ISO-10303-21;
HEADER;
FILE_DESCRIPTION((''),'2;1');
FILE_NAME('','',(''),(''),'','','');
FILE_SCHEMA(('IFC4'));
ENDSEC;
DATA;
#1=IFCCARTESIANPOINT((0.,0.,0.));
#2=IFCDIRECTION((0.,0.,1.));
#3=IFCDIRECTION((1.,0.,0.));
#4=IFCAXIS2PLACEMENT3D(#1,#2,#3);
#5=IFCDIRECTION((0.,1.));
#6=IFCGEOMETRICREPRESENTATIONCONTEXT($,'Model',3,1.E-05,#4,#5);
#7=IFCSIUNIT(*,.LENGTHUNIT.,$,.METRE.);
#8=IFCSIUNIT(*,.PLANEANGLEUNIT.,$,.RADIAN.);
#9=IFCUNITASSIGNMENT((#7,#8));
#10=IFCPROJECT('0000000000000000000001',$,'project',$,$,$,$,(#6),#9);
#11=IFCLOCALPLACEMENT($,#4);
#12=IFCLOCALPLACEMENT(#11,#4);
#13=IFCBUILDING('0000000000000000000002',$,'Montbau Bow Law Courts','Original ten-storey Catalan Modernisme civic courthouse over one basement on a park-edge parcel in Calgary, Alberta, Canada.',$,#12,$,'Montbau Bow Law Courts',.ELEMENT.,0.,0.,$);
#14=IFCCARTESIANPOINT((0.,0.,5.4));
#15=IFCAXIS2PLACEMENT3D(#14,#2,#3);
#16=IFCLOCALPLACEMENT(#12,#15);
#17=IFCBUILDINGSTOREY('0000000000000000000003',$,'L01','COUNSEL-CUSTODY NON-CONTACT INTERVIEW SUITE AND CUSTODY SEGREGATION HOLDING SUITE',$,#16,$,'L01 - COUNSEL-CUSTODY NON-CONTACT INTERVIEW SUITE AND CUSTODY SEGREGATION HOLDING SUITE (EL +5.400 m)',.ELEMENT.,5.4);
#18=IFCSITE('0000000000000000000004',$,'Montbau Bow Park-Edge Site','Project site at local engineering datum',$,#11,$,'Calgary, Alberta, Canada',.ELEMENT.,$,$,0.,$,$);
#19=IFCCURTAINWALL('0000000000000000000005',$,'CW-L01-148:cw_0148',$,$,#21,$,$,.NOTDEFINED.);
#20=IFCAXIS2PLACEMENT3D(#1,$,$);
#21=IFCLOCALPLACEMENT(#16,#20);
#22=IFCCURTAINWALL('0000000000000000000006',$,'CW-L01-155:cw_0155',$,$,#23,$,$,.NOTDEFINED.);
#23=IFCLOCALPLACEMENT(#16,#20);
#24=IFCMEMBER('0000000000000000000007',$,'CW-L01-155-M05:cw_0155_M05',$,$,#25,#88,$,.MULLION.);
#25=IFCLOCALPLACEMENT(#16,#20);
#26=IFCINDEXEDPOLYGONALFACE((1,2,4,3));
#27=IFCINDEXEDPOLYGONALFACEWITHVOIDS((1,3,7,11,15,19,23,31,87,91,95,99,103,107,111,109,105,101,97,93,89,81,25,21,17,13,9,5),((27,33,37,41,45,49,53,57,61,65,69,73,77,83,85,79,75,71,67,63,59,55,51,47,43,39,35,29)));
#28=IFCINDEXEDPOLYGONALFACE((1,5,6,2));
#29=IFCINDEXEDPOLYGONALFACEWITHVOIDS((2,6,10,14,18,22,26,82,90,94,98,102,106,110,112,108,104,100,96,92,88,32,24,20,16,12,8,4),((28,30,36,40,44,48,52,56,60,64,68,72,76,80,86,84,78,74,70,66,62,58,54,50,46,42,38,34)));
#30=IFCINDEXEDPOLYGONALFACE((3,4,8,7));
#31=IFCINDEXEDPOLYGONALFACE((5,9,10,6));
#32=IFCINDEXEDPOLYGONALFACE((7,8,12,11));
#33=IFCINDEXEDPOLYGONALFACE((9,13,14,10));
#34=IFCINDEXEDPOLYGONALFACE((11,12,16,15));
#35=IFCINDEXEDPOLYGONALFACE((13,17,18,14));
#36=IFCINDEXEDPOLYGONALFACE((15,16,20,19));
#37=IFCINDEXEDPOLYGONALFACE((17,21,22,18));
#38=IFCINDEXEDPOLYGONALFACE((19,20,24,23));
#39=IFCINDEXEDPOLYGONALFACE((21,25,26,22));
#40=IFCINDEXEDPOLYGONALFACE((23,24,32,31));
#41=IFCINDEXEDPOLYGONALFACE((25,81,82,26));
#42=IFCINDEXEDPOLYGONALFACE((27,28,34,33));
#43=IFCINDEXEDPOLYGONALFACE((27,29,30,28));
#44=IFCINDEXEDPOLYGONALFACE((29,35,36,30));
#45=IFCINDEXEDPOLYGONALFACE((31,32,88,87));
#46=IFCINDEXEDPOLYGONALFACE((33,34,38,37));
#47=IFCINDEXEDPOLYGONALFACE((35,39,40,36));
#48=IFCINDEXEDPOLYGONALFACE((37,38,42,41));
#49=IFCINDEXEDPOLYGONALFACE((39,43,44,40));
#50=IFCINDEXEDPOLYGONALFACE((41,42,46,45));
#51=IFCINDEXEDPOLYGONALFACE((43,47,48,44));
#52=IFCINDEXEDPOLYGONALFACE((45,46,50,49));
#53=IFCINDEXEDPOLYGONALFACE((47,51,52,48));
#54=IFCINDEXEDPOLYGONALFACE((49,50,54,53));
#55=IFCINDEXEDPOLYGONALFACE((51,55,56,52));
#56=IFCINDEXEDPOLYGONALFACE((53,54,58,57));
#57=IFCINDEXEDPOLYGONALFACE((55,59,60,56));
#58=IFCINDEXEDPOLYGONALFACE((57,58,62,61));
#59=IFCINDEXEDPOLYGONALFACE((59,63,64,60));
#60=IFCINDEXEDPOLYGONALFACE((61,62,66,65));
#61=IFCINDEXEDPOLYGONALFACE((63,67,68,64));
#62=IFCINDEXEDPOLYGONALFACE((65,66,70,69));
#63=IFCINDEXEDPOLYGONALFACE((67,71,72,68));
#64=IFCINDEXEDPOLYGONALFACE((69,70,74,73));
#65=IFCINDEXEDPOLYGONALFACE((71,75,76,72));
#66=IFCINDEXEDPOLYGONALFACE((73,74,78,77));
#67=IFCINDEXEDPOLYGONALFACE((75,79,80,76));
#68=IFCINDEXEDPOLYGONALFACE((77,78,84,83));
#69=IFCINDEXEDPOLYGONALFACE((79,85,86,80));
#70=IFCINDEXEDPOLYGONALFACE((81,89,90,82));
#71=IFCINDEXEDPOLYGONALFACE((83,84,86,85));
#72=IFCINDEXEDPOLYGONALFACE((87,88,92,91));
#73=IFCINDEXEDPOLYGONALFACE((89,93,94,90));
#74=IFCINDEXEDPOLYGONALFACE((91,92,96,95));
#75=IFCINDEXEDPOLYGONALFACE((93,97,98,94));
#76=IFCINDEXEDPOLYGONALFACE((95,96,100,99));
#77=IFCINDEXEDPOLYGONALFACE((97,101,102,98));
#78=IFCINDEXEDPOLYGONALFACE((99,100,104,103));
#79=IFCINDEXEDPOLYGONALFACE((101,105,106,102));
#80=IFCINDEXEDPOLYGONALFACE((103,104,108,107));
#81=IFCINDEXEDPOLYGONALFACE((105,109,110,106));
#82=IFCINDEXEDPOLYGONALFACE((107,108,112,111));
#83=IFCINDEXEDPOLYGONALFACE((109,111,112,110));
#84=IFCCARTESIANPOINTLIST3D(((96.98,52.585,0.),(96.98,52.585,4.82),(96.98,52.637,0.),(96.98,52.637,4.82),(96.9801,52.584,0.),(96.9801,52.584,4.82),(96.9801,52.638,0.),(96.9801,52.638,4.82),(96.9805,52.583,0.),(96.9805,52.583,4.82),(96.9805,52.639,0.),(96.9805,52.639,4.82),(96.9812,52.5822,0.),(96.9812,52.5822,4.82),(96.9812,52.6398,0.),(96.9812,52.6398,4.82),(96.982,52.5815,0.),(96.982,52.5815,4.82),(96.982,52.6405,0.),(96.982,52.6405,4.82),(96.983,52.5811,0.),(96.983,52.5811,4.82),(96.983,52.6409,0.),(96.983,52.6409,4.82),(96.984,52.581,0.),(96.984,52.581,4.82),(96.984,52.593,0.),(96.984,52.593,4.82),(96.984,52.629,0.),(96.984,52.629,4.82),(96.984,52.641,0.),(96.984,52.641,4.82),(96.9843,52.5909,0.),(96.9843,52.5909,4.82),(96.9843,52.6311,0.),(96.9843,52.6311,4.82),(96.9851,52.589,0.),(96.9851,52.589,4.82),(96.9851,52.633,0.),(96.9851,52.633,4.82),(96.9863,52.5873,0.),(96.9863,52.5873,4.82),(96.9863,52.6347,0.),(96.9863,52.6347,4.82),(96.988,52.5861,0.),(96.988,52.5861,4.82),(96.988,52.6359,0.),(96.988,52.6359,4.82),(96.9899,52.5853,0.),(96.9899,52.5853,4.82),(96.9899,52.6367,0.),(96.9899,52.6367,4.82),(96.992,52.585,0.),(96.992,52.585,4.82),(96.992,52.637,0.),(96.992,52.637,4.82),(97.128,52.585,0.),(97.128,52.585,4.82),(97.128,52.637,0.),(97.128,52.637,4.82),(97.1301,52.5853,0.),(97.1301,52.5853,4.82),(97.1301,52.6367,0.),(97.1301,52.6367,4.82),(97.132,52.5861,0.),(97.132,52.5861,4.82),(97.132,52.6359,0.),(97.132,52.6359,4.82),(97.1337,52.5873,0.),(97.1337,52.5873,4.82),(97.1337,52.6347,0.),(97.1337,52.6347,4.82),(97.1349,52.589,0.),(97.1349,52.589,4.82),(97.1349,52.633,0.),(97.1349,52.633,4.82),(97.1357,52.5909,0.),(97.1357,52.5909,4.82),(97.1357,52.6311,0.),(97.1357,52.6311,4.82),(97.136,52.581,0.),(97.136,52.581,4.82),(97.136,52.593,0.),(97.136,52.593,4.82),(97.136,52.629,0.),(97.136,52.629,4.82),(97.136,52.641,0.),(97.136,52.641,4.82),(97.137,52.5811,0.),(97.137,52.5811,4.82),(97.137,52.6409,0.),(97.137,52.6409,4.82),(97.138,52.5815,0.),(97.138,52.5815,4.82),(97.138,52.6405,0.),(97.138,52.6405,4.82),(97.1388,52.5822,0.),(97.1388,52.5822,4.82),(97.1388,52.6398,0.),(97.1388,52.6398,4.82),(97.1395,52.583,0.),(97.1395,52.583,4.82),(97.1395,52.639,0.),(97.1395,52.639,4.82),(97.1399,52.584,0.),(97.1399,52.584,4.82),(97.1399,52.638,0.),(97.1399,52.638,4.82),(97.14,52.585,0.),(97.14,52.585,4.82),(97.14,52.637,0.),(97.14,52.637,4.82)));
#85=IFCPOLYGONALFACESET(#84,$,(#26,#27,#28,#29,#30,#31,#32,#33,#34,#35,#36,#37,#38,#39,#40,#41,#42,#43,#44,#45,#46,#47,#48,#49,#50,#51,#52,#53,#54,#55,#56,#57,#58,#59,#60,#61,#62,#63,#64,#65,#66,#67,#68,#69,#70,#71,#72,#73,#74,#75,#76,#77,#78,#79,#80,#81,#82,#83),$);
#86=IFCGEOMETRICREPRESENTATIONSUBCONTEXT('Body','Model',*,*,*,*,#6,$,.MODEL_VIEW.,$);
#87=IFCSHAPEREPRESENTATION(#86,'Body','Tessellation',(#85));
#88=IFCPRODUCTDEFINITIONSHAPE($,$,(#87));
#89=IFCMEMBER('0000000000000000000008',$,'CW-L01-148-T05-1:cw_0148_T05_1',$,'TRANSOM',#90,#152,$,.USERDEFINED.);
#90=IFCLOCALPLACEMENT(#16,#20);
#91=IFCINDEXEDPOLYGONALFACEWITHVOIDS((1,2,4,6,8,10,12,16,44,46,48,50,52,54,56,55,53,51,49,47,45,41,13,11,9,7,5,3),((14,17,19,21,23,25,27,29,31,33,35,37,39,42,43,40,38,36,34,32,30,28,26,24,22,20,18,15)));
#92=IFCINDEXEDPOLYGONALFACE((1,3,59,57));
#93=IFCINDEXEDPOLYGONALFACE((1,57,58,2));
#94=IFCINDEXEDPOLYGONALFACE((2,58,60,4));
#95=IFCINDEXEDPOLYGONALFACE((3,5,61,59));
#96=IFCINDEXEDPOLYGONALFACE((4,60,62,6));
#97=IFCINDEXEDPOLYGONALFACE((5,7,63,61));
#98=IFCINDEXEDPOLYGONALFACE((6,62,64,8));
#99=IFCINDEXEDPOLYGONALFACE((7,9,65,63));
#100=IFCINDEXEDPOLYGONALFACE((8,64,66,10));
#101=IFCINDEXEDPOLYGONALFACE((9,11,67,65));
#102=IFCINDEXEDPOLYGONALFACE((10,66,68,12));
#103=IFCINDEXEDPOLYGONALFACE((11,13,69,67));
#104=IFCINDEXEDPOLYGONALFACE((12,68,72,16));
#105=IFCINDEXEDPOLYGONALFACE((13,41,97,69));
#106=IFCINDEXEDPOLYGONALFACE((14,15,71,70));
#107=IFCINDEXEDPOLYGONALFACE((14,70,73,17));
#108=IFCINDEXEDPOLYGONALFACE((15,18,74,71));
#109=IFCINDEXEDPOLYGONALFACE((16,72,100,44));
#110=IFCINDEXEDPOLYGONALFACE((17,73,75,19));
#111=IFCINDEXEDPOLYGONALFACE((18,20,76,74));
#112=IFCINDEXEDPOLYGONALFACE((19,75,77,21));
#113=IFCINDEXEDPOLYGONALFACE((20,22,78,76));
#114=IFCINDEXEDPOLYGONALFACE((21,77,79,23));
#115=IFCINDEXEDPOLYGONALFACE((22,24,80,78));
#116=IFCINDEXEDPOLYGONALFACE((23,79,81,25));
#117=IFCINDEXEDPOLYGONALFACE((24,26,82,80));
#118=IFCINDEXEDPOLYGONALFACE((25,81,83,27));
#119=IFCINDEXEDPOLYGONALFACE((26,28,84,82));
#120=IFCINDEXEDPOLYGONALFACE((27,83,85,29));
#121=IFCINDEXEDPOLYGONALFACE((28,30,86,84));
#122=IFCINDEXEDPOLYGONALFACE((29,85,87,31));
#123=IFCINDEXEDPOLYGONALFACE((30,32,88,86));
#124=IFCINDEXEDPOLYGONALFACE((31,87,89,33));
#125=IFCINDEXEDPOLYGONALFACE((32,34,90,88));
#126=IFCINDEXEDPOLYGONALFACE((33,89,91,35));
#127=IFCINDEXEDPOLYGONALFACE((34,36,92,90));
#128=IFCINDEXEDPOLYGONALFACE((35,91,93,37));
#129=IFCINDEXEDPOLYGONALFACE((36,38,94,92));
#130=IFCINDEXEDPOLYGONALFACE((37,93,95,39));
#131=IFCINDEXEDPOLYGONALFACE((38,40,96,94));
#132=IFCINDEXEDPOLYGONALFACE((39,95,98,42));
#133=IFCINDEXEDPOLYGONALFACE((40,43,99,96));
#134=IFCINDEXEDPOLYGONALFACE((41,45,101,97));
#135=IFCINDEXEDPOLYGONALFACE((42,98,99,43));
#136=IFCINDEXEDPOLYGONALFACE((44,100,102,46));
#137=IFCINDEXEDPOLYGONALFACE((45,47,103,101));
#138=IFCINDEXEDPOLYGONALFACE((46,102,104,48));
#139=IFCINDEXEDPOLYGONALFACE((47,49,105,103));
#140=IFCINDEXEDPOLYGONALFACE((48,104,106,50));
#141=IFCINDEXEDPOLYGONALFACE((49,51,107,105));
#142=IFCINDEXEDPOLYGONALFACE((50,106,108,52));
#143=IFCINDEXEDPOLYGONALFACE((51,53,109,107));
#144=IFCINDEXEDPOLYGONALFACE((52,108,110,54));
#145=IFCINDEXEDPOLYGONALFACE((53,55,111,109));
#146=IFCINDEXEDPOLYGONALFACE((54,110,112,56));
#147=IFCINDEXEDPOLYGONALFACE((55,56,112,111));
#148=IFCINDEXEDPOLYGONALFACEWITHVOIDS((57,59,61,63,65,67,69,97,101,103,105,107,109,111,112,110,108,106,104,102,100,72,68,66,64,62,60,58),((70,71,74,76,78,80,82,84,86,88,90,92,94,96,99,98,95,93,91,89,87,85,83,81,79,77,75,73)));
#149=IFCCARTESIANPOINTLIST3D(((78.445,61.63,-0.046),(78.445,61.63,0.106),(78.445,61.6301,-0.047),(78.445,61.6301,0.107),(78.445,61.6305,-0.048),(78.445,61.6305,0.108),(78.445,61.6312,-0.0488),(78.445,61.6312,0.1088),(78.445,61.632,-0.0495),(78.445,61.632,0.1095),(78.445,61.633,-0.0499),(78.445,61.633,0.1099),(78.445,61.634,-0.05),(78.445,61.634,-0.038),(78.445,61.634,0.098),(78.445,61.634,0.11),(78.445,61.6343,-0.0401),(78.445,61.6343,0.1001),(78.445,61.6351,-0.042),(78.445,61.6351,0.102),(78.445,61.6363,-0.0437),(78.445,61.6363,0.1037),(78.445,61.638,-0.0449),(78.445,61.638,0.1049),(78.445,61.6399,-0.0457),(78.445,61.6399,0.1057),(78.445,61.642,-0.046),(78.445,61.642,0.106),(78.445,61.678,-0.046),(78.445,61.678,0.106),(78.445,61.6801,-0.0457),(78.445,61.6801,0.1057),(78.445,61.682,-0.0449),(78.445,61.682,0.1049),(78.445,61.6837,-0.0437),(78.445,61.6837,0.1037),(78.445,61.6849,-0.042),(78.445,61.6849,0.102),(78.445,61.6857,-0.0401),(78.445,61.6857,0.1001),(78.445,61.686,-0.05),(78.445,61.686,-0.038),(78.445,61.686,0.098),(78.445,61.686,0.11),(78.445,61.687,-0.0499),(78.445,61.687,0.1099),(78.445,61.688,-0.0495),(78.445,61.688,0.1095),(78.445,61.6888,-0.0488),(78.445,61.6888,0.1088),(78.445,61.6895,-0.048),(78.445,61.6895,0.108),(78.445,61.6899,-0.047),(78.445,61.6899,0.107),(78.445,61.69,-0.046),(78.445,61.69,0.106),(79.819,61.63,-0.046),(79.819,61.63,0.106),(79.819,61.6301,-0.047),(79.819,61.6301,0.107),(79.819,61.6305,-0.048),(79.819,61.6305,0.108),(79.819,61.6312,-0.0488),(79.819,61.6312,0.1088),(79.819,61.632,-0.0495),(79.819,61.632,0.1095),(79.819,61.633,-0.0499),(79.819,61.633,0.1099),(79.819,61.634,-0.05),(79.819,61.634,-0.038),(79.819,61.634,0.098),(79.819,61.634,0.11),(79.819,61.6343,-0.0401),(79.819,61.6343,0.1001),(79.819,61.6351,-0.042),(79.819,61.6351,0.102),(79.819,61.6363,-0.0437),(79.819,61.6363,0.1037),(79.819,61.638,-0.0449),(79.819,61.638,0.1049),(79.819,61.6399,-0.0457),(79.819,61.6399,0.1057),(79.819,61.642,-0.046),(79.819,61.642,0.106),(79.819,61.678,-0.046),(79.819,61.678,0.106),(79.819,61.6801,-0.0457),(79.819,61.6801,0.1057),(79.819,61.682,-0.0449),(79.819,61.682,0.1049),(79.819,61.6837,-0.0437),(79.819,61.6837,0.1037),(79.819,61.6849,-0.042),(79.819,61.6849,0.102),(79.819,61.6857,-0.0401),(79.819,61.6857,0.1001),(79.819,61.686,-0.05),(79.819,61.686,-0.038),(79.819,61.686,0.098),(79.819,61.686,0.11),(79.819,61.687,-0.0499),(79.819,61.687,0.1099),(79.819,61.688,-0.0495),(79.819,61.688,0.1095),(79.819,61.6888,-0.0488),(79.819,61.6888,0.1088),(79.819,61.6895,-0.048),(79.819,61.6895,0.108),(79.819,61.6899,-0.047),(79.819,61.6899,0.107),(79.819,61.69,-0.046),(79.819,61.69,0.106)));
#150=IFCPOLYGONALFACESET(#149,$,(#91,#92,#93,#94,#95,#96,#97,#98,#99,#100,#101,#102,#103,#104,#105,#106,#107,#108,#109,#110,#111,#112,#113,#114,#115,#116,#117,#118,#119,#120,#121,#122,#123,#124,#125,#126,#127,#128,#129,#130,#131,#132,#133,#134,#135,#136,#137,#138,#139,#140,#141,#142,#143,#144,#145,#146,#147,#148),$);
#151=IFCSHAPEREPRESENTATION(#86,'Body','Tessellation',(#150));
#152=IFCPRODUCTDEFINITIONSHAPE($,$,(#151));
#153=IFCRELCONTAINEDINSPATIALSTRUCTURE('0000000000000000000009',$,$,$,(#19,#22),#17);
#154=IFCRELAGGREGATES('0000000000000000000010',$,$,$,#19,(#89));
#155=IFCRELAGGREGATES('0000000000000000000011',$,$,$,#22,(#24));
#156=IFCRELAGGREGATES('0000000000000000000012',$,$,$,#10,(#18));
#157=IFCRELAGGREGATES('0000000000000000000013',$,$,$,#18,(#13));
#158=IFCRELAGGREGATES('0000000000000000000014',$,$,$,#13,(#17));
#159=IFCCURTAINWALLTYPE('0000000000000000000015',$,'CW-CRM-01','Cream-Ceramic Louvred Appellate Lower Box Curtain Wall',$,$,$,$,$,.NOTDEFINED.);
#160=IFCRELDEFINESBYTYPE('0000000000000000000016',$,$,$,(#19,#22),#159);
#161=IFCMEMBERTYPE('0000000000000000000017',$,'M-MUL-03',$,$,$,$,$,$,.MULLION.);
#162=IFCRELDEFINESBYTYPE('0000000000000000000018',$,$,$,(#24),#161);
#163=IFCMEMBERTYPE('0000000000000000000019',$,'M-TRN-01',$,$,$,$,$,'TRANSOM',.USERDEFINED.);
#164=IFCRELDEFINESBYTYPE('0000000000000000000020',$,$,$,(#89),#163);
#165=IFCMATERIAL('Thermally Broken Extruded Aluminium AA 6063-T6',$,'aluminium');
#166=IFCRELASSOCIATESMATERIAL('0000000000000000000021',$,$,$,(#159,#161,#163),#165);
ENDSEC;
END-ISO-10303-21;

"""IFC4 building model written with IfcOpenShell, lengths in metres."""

from ifc_helpers import new_model, si_unit, direction, frame, origin_with_axes, origin_2d_with_axis, place, context, subcontext, project, spatial, hollow_rectangle, extrude, material, material_profile, profile_set, type_object, element, aggregate, save


model = new_model("IFC4")

# Units and contexts
model_context = context("Model", 3, precision=1e-05, world=origin_with_axes(), true_north=direction((0.0, 1.0)))
body_context = subcontext(model_context, "Body", "Model", "MODEL_VIEW")
ifc_project = project(units=[si_unit("LENGTHUNIT", "METRE"), si_unit("PLANEANGLEUNIT", "RADIAN")], contexts=[model_context])

# Site, building, storey
site_placement = place(None, origin_with_axes())
site = spatial("IfcSite", under=ifc_project, at=site_placement, Name="Montbau Bow Park-Edge Site", Description="Project site at local engineering datum", LongName="Calgary, Alberta, Canada", CompositionType="ELEMENT", RefElevation=0.0)
building_placement = place(site_placement, origin_with_axes())
building = spatial("IfcBuilding", under=site, at=building_placement, Name="Montbau Bow Law Courts", Description="Original ten-storey Catalan Modernisme civic courthouse over one basement on a park-edge parcel in Calgary, Alberta, Canada.", LongName="Montbau Bow Law Courts", CompositionType="ELEMENT", ElevationOfRefHeight=0.0, ElevationOfTerrain=0.0)
storey_placement = place(building_placement, frame((0.0, 0.0, 5.4), z_axis=(0.0, 0.0, 1.0), x_axis=(1.0, 0.0, 0.0)))
storey = spatial("IfcBuildingStorey", under=building, at=storey_placement, Name="L01", Description="COUNSEL-CUSTODY NON-CONTACT INTERVIEW SUITE AND CUSTODY SEGREGATION HOLDING SUITE", LongName="L01 - COUNSEL-CUSTODY NON-CONTACT INTERVIEW SUITE AND CUSTODY SEGREGATION HOLDING SUITE (EL +5.400 m)", CompositionType="ELEMENT", Elevation=5.4)

# Curtain wall
ifc_material_1 = material(Name="Thermally Broken Extruded Aluminium AA 6063-T6", Category="aluminium")
curtain_wall_type = type_object("IfcCurtainWallType", Name="CW-CRM-01", Description="Cream-Ceramic Louvred Appellate Lower Box Curtain Wall", PredefinedType="NOTDEFINED", material=ifc_material_1)
curtain_wall_1_placement = place(None, frame((72.515, 61.66, 5.4), z_axis=(0.0, 0.0, 1.0), x_axis=(1.0, 0.0, 0.0)))
curtain_wall_1 = element("IfcCurtainWall", 1, at=curtain_wall_1_placement, inside=storey, type_object=curtain_wall_type, Name="CW-L01-148:cw_0148", PredefinedType="NOTDEFINED")

# Shared definitions
ifc_material_profile_1 = material_profile(ifc_material_1, hollow_rectangle(XDim=0.06, YDim=0.16, WallThickness=0.004, InnerFilletRadius=0.008, OuterFilletRadius=0.004, at=origin_2d_with_axis()), Name="CWM-160X60", Category="Main", Priority=0)
ifc_profile_set_1 = profile_set([ifc_material_profile_1], Name="Thermally Broken Extruded Aluminium AA 6063-T6")
member_type_1 = type_object("IfcMemberType", Name="M-MUL-03", PredefinedType="MULLION", material=ifc_profile_set_1)

# Curtain wall, member
curtain_wall_2_placement = place(None, frame((97.06, 46.715, 5.4), z_axis=(0.0, 0.0, 1.0), x_axis=(1.0, 0.0, 0.0)))
curtain_wall_2 = element("IfcCurtainWall", 2, at=curtain_wall_2_placement, inside=storey, type_object=curtain_wall_type, Name="CW-L01-155:cw_0155", PredefinedType="NOTDEFINED")
member_1_placement = place(None, frame((97.06, 52.611, 5.4), z_axis=(0.0, 0.0, 1.0), x_axis=(0.0, 1.0, 0.0)))
member_1 = element("IfcMember", 3, at=member_1_placement, type_object=member_type_1, Name="CW-L01-155-M05:cw_0155_M05", PredefinedType="MULLION", context=body_context, shape_type="SweptSolid", body=[
    extrude(hollow_rectangle(XDim=0.06, YDim=0.16, WallThickness=0.004, InnerFilletRadius=0.008, OuterFilletRadius=0.004, at=origin_2d_with_axis()), origin_with_axes(), (0.0, 0.0, 1.0), 4.82),
])

# Member
ifc_material_profile_2 = material_profile(ifc_material_1, hollow_rectangle(XDim=0.06, YDim=0.16, WallThickness=0.004, InnerFilletRadius=0.008, OuterFilletRadius=0.004, at=origin_2d_with_axis()), Name="CWT-160X60", Category="Main", Priority=0)
ifc_profile_set_2 = profile_set([ifc_material_profile_2], Name="Thermally Broken Extruded Aluminium AA 6063-T6")
member_type_2 = type_object("IfcMemberType", Name="M-TRN-01", ElementType="TRANSOM", PredefinedType="USERDEFINED", material=ifc_profile_set_2)
member_2_placement = place(None, frame((78.445, 61.66, 5.43), z_axis=(1.0, 0.0, 0.0), x_axis=(0.0, 1.0, 0.0)))
member_2 = element("IfcMember", 4, at=member_2_placement, type_object=member_type_2, Name="CW-L01-148-T05-1:cw_0148_T05_1", ObjectType="TRANSOM", PredefinedType="USERDEFINED", context=body_context, shape_type="SweptSolid", body=[
    extrude(hollow_rectangle(XDim=0.06, YDim=0.16, WallThickness=0.004, InnerFilletRadius=0.008, OuterFilletRadius=0.004, at=origin_2d_with_axis()), origin_with_axes(), (0.0, 0.0, 1.0), 1.374),
])

aggregate(curtain_wall_1, [member_2])
aggregate(curtain_wall_2, [member_1])

save(model, "model.ifc")
